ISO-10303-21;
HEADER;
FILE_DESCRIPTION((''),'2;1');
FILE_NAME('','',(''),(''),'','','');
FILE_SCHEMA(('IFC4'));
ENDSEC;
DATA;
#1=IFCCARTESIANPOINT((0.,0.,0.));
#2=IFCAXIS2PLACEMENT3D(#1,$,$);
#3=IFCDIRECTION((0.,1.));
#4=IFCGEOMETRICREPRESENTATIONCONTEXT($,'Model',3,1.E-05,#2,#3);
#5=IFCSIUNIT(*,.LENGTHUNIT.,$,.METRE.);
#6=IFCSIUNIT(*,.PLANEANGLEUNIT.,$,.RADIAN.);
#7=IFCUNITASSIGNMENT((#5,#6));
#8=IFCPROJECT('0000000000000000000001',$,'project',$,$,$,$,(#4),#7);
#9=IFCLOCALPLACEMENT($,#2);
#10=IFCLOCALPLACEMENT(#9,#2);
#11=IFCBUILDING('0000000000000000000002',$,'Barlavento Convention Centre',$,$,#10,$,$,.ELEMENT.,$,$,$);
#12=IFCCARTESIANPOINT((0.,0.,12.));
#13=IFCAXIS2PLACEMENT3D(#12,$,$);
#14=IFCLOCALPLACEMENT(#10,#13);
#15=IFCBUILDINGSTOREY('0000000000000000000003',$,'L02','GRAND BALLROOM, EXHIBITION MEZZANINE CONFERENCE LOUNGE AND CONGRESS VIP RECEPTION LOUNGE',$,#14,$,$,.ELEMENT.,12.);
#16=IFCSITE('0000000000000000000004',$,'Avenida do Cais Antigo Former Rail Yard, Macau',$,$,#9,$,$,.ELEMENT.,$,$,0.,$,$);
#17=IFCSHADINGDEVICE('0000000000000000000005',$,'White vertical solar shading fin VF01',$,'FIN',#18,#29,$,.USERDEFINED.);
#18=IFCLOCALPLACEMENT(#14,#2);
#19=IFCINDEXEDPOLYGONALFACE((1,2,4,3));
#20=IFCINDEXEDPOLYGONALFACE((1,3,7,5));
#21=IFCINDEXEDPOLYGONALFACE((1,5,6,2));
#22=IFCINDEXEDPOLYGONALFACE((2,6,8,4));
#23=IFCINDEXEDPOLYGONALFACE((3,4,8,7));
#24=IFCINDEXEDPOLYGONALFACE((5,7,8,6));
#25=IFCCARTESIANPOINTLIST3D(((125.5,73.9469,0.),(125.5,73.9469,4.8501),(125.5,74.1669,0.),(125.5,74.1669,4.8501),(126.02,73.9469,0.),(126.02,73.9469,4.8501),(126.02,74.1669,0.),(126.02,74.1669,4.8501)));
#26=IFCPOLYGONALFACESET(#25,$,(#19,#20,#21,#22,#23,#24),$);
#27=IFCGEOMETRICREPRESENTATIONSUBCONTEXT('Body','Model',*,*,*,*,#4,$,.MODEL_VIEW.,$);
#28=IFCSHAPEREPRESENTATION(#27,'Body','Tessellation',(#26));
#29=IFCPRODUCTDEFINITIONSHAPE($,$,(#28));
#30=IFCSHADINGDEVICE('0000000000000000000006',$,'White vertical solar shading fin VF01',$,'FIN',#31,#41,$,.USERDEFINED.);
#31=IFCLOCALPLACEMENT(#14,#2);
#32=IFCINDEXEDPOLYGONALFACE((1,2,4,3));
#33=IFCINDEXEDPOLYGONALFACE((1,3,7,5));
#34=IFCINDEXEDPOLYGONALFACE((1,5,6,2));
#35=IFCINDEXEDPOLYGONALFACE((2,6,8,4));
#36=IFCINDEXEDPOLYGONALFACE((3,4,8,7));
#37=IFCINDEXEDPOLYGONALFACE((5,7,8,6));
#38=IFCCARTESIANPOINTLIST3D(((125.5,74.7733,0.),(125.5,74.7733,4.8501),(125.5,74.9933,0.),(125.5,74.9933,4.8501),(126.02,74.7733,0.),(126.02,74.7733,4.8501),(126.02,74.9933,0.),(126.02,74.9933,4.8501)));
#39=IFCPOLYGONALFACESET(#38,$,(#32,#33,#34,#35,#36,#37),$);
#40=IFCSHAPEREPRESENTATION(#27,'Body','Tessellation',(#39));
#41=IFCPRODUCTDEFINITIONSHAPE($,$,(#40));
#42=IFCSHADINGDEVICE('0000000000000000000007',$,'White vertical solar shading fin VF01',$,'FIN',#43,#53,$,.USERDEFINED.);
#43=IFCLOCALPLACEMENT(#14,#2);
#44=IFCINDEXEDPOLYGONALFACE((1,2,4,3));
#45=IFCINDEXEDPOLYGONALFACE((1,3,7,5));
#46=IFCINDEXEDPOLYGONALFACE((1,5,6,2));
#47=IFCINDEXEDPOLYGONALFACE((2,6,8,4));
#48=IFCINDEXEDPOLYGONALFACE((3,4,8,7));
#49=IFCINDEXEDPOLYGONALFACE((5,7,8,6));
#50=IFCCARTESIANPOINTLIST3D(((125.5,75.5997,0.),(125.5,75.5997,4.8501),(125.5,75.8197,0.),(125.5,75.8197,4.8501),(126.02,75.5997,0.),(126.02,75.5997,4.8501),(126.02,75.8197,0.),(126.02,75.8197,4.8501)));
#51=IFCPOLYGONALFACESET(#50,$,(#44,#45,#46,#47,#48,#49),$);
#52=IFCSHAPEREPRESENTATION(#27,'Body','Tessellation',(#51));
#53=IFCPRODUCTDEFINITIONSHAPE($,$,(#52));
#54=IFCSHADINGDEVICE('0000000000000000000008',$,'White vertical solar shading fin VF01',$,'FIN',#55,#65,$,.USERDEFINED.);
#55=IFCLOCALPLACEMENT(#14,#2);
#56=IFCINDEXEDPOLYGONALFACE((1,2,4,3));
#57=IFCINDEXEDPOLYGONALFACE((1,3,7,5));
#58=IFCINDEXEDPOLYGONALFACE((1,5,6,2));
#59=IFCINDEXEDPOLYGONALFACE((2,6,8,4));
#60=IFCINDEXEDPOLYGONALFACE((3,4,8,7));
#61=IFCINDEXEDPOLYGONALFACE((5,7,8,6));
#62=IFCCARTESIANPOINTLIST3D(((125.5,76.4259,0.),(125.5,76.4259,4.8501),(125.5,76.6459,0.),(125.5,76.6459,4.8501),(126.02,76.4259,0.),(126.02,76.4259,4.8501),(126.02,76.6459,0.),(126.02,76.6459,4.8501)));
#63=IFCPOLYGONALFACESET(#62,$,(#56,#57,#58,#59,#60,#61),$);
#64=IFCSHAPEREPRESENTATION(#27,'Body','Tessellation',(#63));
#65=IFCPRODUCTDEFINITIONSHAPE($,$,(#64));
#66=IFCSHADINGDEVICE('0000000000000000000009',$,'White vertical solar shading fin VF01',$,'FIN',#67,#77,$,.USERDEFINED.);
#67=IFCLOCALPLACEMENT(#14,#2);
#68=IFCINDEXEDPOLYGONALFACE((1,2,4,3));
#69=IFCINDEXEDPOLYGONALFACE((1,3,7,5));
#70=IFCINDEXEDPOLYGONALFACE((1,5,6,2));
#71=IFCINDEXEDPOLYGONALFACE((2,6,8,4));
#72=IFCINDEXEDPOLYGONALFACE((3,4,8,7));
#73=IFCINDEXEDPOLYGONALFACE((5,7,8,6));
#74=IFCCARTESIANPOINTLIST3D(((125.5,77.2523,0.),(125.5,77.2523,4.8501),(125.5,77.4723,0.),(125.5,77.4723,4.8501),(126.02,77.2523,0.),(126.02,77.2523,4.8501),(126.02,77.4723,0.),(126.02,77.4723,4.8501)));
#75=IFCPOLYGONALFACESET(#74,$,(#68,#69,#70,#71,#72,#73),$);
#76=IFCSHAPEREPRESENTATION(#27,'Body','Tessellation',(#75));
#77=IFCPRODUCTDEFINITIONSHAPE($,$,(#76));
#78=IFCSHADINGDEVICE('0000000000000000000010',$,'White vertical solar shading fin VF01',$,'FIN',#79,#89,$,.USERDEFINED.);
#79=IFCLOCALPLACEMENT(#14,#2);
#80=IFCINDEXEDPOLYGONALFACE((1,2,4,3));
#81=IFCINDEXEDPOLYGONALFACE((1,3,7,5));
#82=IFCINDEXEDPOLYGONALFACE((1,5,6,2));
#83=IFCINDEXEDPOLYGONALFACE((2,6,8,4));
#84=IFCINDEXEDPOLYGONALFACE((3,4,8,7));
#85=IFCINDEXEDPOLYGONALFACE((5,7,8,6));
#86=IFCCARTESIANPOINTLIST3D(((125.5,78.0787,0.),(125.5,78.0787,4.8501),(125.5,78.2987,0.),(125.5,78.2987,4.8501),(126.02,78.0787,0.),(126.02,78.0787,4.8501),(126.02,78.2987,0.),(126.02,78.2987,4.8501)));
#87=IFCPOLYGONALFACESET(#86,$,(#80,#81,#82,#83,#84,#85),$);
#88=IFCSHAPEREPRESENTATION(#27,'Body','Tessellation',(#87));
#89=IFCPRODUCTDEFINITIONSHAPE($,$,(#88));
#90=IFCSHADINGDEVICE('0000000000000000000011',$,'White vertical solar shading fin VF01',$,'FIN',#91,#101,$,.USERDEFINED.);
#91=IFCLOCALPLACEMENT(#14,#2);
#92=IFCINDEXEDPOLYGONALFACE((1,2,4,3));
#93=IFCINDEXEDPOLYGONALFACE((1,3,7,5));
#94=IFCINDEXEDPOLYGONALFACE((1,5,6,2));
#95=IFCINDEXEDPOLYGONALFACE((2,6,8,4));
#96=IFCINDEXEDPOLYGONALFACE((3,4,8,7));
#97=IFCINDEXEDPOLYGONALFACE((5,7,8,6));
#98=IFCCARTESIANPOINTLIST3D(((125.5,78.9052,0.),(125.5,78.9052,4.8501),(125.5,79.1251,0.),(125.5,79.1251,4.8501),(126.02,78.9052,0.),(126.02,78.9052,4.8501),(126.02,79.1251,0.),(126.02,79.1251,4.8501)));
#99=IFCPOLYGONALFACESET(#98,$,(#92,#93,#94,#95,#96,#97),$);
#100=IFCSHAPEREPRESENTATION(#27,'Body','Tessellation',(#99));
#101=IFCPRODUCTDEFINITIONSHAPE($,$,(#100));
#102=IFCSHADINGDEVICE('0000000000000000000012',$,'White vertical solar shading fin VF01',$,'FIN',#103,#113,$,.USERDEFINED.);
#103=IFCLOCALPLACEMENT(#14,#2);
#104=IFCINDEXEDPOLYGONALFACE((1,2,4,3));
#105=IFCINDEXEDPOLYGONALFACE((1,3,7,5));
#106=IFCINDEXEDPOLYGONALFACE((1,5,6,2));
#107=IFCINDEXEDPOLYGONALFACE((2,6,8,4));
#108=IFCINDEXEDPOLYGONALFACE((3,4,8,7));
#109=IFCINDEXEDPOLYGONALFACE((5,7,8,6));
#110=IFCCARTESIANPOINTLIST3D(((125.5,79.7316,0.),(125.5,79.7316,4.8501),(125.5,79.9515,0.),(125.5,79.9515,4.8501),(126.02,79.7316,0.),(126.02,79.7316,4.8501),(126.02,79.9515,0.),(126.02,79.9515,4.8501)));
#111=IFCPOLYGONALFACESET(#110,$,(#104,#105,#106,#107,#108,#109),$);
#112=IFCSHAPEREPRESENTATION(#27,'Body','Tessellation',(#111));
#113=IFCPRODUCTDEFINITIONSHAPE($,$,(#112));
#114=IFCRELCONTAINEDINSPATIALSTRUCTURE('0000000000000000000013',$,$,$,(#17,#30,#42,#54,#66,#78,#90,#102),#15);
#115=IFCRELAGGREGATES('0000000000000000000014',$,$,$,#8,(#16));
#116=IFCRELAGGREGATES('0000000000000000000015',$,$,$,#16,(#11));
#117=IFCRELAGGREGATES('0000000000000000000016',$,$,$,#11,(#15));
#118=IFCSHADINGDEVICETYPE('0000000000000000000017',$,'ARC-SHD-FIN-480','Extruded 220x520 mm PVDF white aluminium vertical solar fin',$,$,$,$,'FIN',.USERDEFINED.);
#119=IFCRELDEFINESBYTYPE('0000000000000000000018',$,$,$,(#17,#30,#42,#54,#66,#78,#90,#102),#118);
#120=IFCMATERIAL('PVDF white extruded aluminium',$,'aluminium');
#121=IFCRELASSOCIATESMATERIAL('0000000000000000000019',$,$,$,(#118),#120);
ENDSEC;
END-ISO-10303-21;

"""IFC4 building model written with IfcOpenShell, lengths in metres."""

from ifc_helpers import new_model, si_unit, direction, frame, origin, origin_2d, place, context, subcontext, project, spatial, rectangle, extrude, material, type_object, element, save


model = new_model("IFC4")

# Units and contexts
model_context = context("Model", 3, precision=1e-05, world=origin(), true_north=direction((0.0, 1.0)))
body_context = subcontext(model_context, "Body", "Model", "MODEL_VIEW")
ifc_project = project(units=[si_unit("LENGTHUNIT", "METRE"), si_unit("PLANEANGLEUNIT", "RADIAN")], contexts=[model_context])

# Site, building, storey
site_placement = place(None, origin())
site = spatial("IfcSite", under=ifc_project, at=site_placement, Name="Avenida do Cais Antigo Former Rail Yard, Macau", CompositionType="ELEMENT", RefElevation=0.0)
building_placement = place(site_placement, origin())
building = spatial("IfcBuilding", under=site, at=building_placement, Name="Barlavento Convention Centre", CompositionType="ELEMENT")
storey_placement = place(building_placement, frame((0.0, 0.0, 12.0)))
storey = spatial("IfcBuildingStorey", under=building, at=storey_placement, Name="L02", Description="GRAND BALLROOM, EXHIBITION MEZZANINE CONFERENCE LOUNGE AND CONGRESS VIP RECEPTION LOUNGE", CompositionType="ELEMENT", Elevation=12.0)

# Shading devices
ifc_material_1 = material(Name="PVDF white extruded aluminium", Category="aluminium")
shading_device_type = type_object("IfcShadingDeviceType", Name="ARC-SHD-FIN-480", Description="Extruded 220x520 mm PVDF white aluminium vertical solar fin", ElementType="FIN", PredefinedType="USERDEFINED", material=ifc_material_1)
for number, where, z_axis, x_axis, name in (
    (1, (125.76, 74.0569, 0.0), (0.0, 0.0, 1.0), (0.0, 1.0, 0.0), "White vertical solar shading fin VF01"),
    (2, (125.76, 74.8833, 0.0), (0.0, 0.0, 1.0), (0.0, 1.0, 0.0), "White vertical solar shading fin VF01"),
    (3, (125.76, 75.7097, 0.0), (0.0, 0.0, 1.0), (0.0, 1.0, 0.0), "White vertical solar shading fin VF01"),
    (4, (125.76, 76.5359, 0.0), (0.0, 0.0, 1.0), (0.0, 1.0, 0.0), "White vertical solar shading fin VF01"),
    (5, (125.76, 77.3623, 0.0), (0.0, 0.0, 1.0), (0.0, 1.0, 0.0), "White vertical solar shading fin VF01"),
    (6, (125.76, 78.1887, 0.0), (0.0, 0.0, 1.0), (0.0, 1.0, 0.0), "White vertical solar shading fin VF01"),
    (7, (125.76, 79.0151, 0.0), (0.0, 0.0, 1.0), (0.0, 1.0, 0.0), "White vertical solar shading fin VF01"),
    (8, (125.76, 79.8416, 0.0), (0.0, 0.0, 1.0), (0.0, 1.0, 0.0), "White vertical solar shading fin VF01"),
):
    element("IfcShadingDevice", number, at=place(storey_placement, frame(where, z_axis=z_axis, x_axis=x_axis)), inside=storey, type_object=shading_device_type, Name=name, ObjectType="FIN", PredefinedType="USERDEFINED", context=body_context, shape_type="SweptSolid", body=[
        extrude(rectangle(XDim=0.22, YDim=0.52, at=origin_2d()), origin(), (0.0, 0.0, 1.0), 4.8501),
    ])

save(model, "model.ifc")
